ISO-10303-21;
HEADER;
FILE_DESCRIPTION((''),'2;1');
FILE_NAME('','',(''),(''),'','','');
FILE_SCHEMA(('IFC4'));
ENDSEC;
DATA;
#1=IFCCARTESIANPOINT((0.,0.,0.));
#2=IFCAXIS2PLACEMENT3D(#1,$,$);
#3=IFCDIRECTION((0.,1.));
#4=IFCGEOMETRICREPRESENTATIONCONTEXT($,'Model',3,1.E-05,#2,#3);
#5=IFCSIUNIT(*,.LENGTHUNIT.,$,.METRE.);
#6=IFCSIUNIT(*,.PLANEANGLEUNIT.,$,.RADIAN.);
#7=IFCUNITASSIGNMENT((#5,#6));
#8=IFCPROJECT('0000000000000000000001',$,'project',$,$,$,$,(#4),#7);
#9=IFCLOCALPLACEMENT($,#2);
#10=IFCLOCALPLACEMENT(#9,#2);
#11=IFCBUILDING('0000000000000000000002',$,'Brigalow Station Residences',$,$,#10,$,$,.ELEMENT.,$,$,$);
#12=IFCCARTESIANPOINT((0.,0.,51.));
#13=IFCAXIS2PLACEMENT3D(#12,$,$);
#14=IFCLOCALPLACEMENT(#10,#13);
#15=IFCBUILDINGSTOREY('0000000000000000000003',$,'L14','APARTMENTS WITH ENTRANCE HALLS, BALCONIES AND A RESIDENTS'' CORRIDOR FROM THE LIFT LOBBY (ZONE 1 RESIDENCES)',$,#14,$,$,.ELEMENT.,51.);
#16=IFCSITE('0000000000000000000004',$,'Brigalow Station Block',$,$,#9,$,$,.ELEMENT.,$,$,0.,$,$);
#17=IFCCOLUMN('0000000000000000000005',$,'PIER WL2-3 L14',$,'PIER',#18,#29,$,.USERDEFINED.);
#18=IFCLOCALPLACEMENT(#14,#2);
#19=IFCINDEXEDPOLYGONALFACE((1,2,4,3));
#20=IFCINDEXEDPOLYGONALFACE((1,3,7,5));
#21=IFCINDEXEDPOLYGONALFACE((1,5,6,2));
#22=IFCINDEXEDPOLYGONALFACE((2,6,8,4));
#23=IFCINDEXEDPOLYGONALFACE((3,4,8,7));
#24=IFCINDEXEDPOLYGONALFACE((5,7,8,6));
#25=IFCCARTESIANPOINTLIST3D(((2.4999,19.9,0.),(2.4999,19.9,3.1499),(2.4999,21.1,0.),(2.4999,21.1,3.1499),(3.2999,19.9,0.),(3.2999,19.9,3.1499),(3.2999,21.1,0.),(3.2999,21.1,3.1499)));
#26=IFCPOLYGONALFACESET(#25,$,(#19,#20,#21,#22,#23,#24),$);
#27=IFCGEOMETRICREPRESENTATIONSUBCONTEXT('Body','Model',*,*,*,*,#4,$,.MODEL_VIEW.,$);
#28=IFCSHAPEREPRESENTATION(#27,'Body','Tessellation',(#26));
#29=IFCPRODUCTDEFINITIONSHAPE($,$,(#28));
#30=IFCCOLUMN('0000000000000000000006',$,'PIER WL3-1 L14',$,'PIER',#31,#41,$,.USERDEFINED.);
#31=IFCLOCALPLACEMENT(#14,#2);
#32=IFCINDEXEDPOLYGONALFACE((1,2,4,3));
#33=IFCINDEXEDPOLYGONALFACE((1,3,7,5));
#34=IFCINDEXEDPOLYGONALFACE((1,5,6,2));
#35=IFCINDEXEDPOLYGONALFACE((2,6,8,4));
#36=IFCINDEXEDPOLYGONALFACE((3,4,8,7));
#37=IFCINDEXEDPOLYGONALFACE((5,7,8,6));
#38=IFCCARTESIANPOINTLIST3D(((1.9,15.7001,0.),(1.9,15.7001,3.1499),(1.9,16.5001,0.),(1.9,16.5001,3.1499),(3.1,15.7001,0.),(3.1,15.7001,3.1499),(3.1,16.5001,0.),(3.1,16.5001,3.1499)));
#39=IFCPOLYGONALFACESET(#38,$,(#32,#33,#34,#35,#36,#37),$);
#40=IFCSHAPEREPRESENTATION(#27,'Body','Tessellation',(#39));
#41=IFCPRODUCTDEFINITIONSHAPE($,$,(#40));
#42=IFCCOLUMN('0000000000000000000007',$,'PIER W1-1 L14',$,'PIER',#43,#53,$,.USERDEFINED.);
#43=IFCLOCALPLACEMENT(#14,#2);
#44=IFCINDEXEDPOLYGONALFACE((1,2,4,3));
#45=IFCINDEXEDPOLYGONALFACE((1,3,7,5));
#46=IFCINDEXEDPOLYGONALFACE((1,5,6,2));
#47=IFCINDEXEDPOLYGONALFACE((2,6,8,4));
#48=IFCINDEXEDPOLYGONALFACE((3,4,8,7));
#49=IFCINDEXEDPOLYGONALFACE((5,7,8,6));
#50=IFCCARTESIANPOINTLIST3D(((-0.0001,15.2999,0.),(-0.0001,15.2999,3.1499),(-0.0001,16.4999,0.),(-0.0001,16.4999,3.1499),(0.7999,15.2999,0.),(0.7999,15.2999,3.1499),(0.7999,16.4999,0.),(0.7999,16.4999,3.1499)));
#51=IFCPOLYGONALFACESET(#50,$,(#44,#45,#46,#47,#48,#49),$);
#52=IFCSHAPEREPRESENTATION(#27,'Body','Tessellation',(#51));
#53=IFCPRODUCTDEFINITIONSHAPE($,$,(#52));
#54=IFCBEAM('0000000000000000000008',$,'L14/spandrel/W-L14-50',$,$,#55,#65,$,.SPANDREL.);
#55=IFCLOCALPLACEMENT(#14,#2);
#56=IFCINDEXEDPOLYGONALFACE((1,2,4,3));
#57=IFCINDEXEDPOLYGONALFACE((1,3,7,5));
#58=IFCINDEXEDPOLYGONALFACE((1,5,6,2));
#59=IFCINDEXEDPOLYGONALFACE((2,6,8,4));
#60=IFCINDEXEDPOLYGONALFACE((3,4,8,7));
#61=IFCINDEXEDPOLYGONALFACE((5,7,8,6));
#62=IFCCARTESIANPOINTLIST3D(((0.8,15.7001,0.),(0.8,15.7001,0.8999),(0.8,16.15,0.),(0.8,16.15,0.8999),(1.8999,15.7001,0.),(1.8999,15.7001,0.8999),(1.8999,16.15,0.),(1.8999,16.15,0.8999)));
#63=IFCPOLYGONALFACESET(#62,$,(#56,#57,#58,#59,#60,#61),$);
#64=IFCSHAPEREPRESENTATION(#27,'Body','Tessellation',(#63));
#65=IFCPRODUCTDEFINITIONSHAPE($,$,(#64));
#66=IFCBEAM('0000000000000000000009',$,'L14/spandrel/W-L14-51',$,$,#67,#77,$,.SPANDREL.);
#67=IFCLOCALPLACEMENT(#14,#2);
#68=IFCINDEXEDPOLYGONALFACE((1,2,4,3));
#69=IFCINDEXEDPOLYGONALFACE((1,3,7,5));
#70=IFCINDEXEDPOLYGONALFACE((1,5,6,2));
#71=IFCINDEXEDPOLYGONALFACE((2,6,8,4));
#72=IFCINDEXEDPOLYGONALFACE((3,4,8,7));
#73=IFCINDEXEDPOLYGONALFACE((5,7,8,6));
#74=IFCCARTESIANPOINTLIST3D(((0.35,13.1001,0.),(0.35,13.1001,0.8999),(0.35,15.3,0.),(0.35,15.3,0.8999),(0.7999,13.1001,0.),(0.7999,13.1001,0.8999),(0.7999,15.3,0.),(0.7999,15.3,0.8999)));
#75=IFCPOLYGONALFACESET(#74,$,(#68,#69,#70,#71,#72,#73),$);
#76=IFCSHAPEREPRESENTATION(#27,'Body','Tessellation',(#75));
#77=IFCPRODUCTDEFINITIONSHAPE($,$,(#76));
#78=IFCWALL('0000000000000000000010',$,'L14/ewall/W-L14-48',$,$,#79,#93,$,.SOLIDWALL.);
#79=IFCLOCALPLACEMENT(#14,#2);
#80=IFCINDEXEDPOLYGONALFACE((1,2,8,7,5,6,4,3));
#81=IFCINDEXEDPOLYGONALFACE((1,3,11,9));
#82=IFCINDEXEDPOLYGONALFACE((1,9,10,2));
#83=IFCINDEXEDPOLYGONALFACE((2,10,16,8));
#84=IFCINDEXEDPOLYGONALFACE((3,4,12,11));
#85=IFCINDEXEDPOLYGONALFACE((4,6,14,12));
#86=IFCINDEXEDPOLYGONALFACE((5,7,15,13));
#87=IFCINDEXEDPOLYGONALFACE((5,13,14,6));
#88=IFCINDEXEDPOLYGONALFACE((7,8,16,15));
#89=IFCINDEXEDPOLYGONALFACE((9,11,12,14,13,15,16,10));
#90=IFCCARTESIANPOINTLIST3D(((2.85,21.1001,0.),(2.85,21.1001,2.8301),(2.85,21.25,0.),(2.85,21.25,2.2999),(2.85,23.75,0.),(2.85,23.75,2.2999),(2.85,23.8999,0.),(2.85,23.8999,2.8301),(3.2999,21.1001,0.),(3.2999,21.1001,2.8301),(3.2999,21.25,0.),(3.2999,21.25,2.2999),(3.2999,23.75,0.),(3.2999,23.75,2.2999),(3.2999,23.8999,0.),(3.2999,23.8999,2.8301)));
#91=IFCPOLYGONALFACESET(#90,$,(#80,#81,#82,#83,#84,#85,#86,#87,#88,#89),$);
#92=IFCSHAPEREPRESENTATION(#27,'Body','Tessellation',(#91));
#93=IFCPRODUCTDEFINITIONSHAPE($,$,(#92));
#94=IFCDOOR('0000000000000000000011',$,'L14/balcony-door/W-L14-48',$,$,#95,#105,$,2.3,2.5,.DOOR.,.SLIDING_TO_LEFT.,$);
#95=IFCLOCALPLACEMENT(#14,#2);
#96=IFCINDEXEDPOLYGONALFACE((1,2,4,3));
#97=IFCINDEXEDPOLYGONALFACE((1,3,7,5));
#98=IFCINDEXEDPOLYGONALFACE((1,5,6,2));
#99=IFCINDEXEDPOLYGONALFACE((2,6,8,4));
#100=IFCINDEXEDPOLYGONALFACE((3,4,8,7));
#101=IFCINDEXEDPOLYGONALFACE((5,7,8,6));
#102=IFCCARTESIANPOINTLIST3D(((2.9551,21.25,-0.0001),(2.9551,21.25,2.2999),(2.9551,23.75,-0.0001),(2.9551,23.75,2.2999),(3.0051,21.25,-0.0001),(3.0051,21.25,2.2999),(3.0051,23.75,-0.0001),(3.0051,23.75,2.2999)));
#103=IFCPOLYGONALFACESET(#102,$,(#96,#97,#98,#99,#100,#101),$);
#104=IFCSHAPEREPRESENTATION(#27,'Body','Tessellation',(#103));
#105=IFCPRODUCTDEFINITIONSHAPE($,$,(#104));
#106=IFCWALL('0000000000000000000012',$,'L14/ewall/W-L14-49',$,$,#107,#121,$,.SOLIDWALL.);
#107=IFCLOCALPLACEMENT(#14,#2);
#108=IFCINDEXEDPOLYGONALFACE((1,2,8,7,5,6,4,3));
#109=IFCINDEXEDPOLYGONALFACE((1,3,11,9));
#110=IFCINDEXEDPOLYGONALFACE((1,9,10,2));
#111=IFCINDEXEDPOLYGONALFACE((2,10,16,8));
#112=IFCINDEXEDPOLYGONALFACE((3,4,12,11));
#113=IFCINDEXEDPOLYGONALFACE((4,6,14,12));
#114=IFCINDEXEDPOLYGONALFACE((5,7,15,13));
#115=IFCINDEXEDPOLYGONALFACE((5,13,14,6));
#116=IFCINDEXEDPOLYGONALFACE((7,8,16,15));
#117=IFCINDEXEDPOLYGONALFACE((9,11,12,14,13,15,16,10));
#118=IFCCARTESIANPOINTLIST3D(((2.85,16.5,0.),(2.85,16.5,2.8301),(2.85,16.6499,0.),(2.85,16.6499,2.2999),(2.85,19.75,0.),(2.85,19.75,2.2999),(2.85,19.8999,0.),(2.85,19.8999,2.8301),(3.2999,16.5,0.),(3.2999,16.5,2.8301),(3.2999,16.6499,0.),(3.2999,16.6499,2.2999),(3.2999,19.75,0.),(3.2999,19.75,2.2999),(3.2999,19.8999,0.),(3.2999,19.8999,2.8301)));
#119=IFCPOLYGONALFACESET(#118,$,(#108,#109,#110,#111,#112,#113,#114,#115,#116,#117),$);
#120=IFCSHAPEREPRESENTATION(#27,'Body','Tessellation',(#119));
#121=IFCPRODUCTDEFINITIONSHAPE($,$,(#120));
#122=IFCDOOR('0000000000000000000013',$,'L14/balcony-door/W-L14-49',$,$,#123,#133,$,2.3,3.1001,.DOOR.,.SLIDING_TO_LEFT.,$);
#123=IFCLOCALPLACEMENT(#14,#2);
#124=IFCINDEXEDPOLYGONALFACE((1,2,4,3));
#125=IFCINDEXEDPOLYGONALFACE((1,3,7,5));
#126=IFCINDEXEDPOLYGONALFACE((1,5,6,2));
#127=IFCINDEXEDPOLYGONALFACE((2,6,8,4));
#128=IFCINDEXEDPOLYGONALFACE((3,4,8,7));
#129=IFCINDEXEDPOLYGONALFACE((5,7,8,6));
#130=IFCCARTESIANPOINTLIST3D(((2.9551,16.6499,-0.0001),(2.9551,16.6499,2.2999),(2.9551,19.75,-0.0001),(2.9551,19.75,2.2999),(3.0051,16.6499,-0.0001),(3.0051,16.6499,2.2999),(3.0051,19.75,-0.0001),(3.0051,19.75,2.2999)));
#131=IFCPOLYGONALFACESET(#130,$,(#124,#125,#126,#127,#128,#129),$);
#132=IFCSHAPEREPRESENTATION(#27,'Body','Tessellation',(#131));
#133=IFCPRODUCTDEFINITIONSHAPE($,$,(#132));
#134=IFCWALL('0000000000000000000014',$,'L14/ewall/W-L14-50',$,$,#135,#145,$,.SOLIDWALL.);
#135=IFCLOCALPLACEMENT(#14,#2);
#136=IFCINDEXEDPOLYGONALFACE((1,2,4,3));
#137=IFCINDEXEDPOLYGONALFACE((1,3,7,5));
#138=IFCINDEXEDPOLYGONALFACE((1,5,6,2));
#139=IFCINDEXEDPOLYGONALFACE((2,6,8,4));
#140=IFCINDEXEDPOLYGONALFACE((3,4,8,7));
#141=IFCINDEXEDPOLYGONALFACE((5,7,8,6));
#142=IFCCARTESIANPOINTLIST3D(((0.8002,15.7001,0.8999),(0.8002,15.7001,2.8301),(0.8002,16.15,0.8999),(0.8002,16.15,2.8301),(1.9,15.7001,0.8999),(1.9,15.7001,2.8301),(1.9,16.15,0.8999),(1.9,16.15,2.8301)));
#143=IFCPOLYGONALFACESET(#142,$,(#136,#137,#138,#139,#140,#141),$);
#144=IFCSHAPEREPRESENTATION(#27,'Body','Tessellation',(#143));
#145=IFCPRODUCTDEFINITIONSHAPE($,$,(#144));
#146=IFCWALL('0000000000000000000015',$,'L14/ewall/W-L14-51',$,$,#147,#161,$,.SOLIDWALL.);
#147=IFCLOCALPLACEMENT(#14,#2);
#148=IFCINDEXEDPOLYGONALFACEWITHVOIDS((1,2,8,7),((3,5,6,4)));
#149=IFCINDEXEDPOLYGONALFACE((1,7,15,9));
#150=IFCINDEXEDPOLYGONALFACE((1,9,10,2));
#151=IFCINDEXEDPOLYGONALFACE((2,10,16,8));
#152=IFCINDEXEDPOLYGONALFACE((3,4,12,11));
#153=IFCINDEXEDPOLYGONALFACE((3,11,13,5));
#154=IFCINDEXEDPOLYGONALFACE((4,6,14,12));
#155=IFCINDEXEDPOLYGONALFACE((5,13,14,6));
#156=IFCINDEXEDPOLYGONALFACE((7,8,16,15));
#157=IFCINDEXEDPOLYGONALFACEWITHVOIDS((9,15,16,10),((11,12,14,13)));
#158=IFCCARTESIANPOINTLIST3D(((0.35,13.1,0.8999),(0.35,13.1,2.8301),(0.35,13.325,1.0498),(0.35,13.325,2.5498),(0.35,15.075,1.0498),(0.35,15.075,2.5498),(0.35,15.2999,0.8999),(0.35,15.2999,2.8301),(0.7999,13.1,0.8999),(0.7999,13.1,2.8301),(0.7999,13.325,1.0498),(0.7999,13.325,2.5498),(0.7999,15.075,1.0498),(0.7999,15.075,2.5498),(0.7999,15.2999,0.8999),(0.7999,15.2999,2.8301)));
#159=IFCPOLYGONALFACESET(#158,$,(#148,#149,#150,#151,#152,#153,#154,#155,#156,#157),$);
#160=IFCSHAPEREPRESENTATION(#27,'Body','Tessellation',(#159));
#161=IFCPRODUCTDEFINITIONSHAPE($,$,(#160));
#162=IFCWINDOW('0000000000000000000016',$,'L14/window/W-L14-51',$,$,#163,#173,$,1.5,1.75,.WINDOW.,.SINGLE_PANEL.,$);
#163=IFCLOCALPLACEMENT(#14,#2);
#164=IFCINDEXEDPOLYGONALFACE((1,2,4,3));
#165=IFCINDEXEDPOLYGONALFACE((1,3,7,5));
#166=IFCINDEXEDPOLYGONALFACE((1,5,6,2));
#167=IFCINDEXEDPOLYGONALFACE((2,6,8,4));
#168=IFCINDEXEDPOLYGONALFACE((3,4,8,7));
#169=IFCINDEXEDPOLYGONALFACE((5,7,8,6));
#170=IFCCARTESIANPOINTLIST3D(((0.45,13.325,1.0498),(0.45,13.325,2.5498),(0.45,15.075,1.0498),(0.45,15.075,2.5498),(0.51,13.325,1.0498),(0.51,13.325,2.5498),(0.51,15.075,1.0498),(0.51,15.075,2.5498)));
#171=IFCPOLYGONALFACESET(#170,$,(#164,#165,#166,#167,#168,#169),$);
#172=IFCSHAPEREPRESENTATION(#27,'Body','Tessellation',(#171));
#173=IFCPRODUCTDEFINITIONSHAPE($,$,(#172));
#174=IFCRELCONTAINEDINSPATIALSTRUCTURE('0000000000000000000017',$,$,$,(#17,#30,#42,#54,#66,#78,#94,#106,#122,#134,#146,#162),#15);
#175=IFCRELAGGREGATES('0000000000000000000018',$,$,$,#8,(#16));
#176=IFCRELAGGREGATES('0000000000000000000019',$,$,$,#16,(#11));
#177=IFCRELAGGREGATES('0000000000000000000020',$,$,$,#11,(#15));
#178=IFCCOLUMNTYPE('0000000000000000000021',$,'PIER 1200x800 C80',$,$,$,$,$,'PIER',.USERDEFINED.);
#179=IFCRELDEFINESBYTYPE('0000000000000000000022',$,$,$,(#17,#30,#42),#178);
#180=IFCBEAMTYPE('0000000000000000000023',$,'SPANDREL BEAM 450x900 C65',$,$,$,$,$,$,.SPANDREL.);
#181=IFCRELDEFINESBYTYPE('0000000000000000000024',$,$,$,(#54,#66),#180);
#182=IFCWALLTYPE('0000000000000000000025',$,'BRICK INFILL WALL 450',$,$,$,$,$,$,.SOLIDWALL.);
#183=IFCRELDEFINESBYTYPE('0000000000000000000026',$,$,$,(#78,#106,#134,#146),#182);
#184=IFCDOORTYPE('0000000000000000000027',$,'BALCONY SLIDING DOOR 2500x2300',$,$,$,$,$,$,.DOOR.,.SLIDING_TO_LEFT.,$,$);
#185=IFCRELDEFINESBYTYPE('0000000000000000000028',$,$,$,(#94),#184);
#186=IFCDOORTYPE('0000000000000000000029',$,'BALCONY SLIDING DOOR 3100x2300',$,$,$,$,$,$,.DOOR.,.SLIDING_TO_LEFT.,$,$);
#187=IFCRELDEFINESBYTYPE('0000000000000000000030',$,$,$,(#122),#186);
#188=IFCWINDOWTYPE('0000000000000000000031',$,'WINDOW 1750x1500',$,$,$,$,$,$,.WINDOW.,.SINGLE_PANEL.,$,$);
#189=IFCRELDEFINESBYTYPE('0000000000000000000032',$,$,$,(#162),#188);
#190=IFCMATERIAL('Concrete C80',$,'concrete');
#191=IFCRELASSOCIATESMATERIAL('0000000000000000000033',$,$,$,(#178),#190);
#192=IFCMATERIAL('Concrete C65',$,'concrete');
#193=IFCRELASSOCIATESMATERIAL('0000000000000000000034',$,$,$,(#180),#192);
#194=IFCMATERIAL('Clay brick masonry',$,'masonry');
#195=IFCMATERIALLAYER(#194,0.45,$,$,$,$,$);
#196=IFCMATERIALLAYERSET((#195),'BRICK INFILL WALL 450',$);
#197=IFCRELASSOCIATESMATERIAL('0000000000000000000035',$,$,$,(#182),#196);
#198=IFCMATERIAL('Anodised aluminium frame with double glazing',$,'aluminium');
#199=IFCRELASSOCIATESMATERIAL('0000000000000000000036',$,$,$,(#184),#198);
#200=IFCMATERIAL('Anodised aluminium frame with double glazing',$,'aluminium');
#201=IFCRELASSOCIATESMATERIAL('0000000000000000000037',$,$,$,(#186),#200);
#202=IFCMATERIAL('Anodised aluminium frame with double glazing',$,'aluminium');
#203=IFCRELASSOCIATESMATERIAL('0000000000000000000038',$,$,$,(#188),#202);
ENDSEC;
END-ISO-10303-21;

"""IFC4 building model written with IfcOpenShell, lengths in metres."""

from ifc_helpers import new_model, si_unit, direction, frame, frame_2d, origin, origin_2d, place, context, subcontext, project, spatial, rectangle, extrude, material, layer, layer_set, material_profile, profile_set, type_object, element, fill, save


model = new_model("IFC4")

# Units and contexts
model_context = context("Model", 3, precision=1e-05, world=origin(), true_north=direction((0.0, 1.0)))
body_context = subcontext(model_context, "Body", "Model", "MODEL_VIEW")
ifc_project = project(units=[si_unit("LENGTHUNIT", "METRE"), si_unit("PLANEANGLEUNIT", "RADIAN")], contexts=[model_context])

# Site, building, storey
site_placement = place(None, origin())
site = spatial("IfcSite", under=ifc_project, at=site_placement, Name="Brigalow Station Block", CompositionType="ELEMENT", RefElevation=0.0)
building_placement = place(site_placement, origin())
building = spatial("IfcBuilding", under=site, at=building_placement, Name="Brigalow Station Residences", CompositionType="ELEMENT")
storey_placement = place(building_placement, frame((0.0, 0.0, 51.0)))
storey = spatial("IfcBuildingStorey", under=building, at=storey_placement, Name="L14", Description="APARTMENTS WITH ENTRANCE HALLS, BALCONIES AND A RESIDENTS' CORRIDOR FROM THE LIFT LOBBY (ZONE 1 RESIDENCES)", CompositionType="ELEMENT", Elevation=51.0)

# Columns
ifc_material_1 = material(Name="Concrete C80", Category="concrete")
ifc_material_profile_1 = material_profile(ifc_material_1, rectangle(XDim=1.2, YDim=0.8, at=origin_2d()), Name="RC1200x800")
ifc_profile_set_1 = profile_set([ifc_material_profile_1], Name="Concrete C80")
column_type = type_object("IfcColumnType", Name="PIER 1200x800 C80", ElementType="PIER", PredefinedType="USERDEFINED", material=ifc_profile_set_1)
for number, where, z_axis, x_axis, name in (
    (1, (2.8999, 20.5, 0.0), (0.0, 0.0, 1.0), (0.0, -1.0, 0.0), "PIER WL2-3 L14"),
    (2, (2.5, 16.1001, 0.0), (0.0, 0.0, 1.0), (-1.0, 0.0, 0.0), "PIER WL3-1 L14"),
    (3, (0.3999, 15.8999, 0.0), (0.0, 0.0, 1.0), (0.0, -1.0, 0.0), "PIER W1-1 L14"),
):
    element("IfcColumn", number, at=place(storey_placement, frame(where, z_axis=z_axis, x_axis=x_axis)), inside=storey, type_object=column_type, Name=name, ObjectType="PIER", PredefinedType="USERDEFINED", context=body_context, shape_type="SweptSolid", body=[
        extrude(rectangle(XDim=1.2, YDim=0.8, at=origin_2d()), origin(), (0.0, 0.0, 1.0), 3.1499),
    ])

# Beams
ifc_material_2 = material(Name="Concrete C65", Category="concrete")
ifc_material_profile_2 = material_profile(ifc_material_2, rectangle(XDim=0.45, YDim=0.8999, at=origin_2d()), Name="RC450x900")
ifc_profile_set_2 = profile_set([ifc_material_profile_2], Name="Concrete C65")
beam_type = type_object("IfcBeamType", Name="SPANDREL BEAM 450x900 C65", PredefinedType="SPANDREL", material=ifc_profile_set_2)
beam_1_placement = place(storey_placement, frame((1.8999, 15.925, 0.45), z_axis=(-1.0, 0.0, 0.0), x_axis=(0.0, -1.0, 0.0)))
element("IfcBeam", 4, at=beam_1_placement, inside=storey, type_object=beam_type, Name="L14/spandrel/W-L14-50", PredefinedType="SPANDREL", context=body_context, shape_type="SweptSolid", body=[
    extrude(rectangle(XDim=0.45, YDim=0.8999, at=origin_2d()), origin(), (0.0, 0.0, 1.0), 1.0999),
])
beam_2_placement = place(storey_placement, frame((0.575, 15.3, 0.45), z_axis=(0.0, -1.0, 0.0), x_axis=(1.0, 0.0, 0.0)))
element("IfcBeam", 5, at=beam_2_placement, inside=storey, type_object=beam_type, Name="L14/spandrel/W-L14-51", PredefinedType="SPANDREL", context=body_context, shape_type="SweptSolid", body=[
    extrude(rectangle(XDim=0.45, YDim=0.8999, at=origin_2d()), origin(), (0.0, 0.0, 1.0), 2.2),
])

# Walls, openings, doors
ifc_material_3 = material(Name="Clay brick masonry", Category="masonry")
ifc_layer_1 = layer(ifc_material_3, 0.45)
ifc_layer_set_1 = layer_set([ifc_layer_1], Name="BRICK INFILL WALL 450")
wall_type_1 = type_object("IfcWallType", Name="BRICK INFILL WALL 450", PredefinedType="SOLIDWALL", material=ifc_layer_set_1)
wall_1_placement = place(storey_placement, frame((3.075, 23.8999, 0.0), z_axis=(0.0, 0.0, 1.0), x_axis=(0.0, -1.0, 0.0)))
wall_1 = element("IfcWall", 6, at=wall_1_placement, inside=storey, type_object=wall_type_1, Name="L14/ewall/W-L14-48", PredefinedType="SOLIDWALL", context=body_context, shape_type="SweptSolid", body=[
    extrude(rectangle(XDim=2.7998, YDim=0.45, at=frame_2d((1.3999, 0.0))), origin(), (0.0, 0.0, 1.0), 2.8301),
])
opening_1_placement = place(wall_1_placement, frame((0.1499, 0.0, 0.0)))
opening_1 = element("IfcOpeningElement", 7, at=opening_1_placement, cuts=wall_1, PredefinedType="OPENING", context=body_context, shape_type="SweptSolid", body=[
    extrude(rectangle(XDim=2.5, YDim=2.3, at=frame_2d((1.25, 1.1499))), frame((0.0, 0.2349, 0.0), z_axis=(0.0, -1.0, 0.0), x_axis=(1.0, 0.0, 0.0)), (0.0, 0.0, 1.0), 0.47),
])
ifc_material_4 = material(Name="Anodised aluminium frame with double glazing", Category="aluminium")
door_type_1 = type_object("IfcDoorType", Name="BALCONY SLIDING DOOR 2500x2300", OperationType="SLIDING_TO_LEFT", PredefinedType="DOOR", material=ifc_material_4)
door_1_placement = place(opening_1_placement, origin())
door_1 = element("IfcDoor", 8, at=door_1_placement, inside=storey, type_object=door_type_1, Name="L14/balcony-door/W-L14-48", OperationType="SLIDING_TO_LEFT", OverallHeight=2.3, OverallWidth=2.5, PredefinedType="DOOR", context=body_context, shape_type="SweptSolid", body=[
    extrude(rectangle(XDim=2.5, YDim=2.3, at=frame_2d((1.25, 1.1499))), frame((0.0, -0.0698, 0.0), z_axis=(0.0, -1.0, 0.0), x_axis=(1.0, 0.0, 0.0)), (0.0, 0.0, 1.0), 0.05),
])
fill(opening_1, door_1)
wall_2_placement = place(storey_placement, frame((3.075, 19.8999, 0.0), z_axis=(0.0, 0.0, 1.0), x_axis=(0.0, -1.0, 0.0)))
wall_2 = element("IfcWall", 9, at=wall_2_placement, inside=storey, type_object=wall_type_1, Name="L14/ewall/W-L14-49", PredefinedType="SOLIDWALL", context=body_context, shape_type="SweptSolid", body=[
    extrude(rectangle(XDim=3.3999, YDim=0.45, at=frame_2d((1.7, 0.0))), origin(), (0.0, 0.0, 1.0), 2.8301),
])
opening_2_placement = place(wall_2_placement, frame((0.1499, 0.0, 0.0)))
opening_2 = element("IfcOpeningElement", 10, at=opening_2_placement, cuts=wall_2, PredefinedType="OPENING", context=body_context, shape_type="SweptSolid", body=[
    extrude(rectangle(XDim=3.1001, YDim=2.3, at=frame_2d((1.55, 1.1499))), frame((0.0, 0.2349, 0.0), z_axis=(0.0, -1.0, 0.0), x_axis=(1.0, 0.0, 0.0)), (0.0, 0.0, 1.0), 0.47),
])
ifc_material_5 = material(Name="Anodised aluminium frame with double glazing", Category="aluminium")
door_type_2 = type_object("IfcDoorType", Name="BALCONY SLIDING DOOR 3100x2300", OperationType="SLIDING_TO_LEFT", PredefinedType="DOOR", material=ifc_material_5)
door_2_placement = place(opening_2_placement, origin())
door_2 = element("IfcDoor", 11, at=door_2_placement, inside=storey, type_object=door_type_2, Name="L14/balcony-door/W-L14-49", OperationType="SLIDING_TO_LEFT", OverallHeight=2.3, OverallWidth=3.1001, PredefinedType="DOOR", context=body_context, shape_type="SweptSolid", body=[
    extrude(rectangle(XDim=3.1001, YDim=2.3, at=frame_2d((1.55, 1.1499))), frame((0.0, -0.0698, 0.0), z_axis=(0.0, -1.0, 0.0), x_axis=(1.0, 0.0, 0.0)), (0.0, 0.0, 1.0), 0.05),
])
fill(opening_2, door_2)

# Wall
wall_3_placement = place(storey_placement, frame((1.8999, 15.925, 0.8999), z_axis=(0.0, 0.0, 1.0), x_axis=(-1.0, 0.0, 0.0)))
element("IfcWall", 12, at=wall_3_placement, inside=storey, type_object=wall_type_1, Name="L14/ewall/W-L14-50", PredefinedType="SOLIDWALL", context=body_context, shape_type="SweptSolid", body=[
    extrude(rectangle(XDim=1.0999, YDim=0.45, at=frame_2d((0.5498, 0.0))), origin(), (0.0, 0.0, 1.0), 1.9302),
])

# Wall, opening, window
wall_4_placement = place(storey_placement, frame((0.575, 15.3, 0.8999), z_axis=(0.0, 0.0, 1.0), x_axis=(0.0, -1.0, 0.0)))
wall_4 = element("IfcWall", 13, at=wall_4_placement, inside=storey, type_object=wall_type_1, Name="L14/ewall/W-L14-51", PredefinedType="SOLIDWALL", context=body_context, shape_type="SweptSolid", body=[
    extrude(rectangle(XDim=2.2, YDim=0.45, at=frame_2d((1.1001, 0.0))), origin(), (0.0, 0.0, 1.0), 1.9302),
])
opening_3_placement = place(wall_4_placement, frame((0.2251, 0.0, 0.1499)))
opening_3 = element("IfcOpeningElement", 14, at=opening_3_placement, cuts=wall_4, PredefinedType="OPENING", context=body_context, shape_type="SweptSolid", body=[
    extrude(rectangle(XDim=1.75, YDim=1.5, at=frame_2d((0.875, 0.75))), frame((0.0, 0.2349, 0.0), z_axis=(0.0, -1.0, 0.0), x_axis=(1.0, 0.0, 0.0)), (0.0, 0.0, 1.0), 0.47),
])
ifc_material_6 = material(Name="Anodised aluminium frame with double glazing", Category="aluminium")
window_type = type_object("IfcWindowType", Name="WINDOW 1750x1500", PartitioningType="SINGLE_PANEL", PredefinedType="WINDOW", material=ifc_material_6)
window_placement = place(opening_3_placement, origin())
window = element("IfcWindow", 15, at=window_placement, inside=storey, type_object=window_type, Name="L14/window/W-L14-51", OverallHeight=1.5, OverallWidth=1.75, PartitioningType="SINGLE_PANEL", PredefinedType="WINDOW", context=body_context, shape_type="SweptSolid", body=[
    extrude(rectangle(XDim=1.75, YDim=1.5, at=frame_2d((0.875, 0.75))), frame((0.0, -0.0649, 0.0), z_axis=(0.0, -1.0, 0.0), x_axis=(1.0, 0.0, 0.0)), (0.0, 0.0, 1.0), 0.0601),
])
fill(opening_3, window)

save(model, "model.ifc")
